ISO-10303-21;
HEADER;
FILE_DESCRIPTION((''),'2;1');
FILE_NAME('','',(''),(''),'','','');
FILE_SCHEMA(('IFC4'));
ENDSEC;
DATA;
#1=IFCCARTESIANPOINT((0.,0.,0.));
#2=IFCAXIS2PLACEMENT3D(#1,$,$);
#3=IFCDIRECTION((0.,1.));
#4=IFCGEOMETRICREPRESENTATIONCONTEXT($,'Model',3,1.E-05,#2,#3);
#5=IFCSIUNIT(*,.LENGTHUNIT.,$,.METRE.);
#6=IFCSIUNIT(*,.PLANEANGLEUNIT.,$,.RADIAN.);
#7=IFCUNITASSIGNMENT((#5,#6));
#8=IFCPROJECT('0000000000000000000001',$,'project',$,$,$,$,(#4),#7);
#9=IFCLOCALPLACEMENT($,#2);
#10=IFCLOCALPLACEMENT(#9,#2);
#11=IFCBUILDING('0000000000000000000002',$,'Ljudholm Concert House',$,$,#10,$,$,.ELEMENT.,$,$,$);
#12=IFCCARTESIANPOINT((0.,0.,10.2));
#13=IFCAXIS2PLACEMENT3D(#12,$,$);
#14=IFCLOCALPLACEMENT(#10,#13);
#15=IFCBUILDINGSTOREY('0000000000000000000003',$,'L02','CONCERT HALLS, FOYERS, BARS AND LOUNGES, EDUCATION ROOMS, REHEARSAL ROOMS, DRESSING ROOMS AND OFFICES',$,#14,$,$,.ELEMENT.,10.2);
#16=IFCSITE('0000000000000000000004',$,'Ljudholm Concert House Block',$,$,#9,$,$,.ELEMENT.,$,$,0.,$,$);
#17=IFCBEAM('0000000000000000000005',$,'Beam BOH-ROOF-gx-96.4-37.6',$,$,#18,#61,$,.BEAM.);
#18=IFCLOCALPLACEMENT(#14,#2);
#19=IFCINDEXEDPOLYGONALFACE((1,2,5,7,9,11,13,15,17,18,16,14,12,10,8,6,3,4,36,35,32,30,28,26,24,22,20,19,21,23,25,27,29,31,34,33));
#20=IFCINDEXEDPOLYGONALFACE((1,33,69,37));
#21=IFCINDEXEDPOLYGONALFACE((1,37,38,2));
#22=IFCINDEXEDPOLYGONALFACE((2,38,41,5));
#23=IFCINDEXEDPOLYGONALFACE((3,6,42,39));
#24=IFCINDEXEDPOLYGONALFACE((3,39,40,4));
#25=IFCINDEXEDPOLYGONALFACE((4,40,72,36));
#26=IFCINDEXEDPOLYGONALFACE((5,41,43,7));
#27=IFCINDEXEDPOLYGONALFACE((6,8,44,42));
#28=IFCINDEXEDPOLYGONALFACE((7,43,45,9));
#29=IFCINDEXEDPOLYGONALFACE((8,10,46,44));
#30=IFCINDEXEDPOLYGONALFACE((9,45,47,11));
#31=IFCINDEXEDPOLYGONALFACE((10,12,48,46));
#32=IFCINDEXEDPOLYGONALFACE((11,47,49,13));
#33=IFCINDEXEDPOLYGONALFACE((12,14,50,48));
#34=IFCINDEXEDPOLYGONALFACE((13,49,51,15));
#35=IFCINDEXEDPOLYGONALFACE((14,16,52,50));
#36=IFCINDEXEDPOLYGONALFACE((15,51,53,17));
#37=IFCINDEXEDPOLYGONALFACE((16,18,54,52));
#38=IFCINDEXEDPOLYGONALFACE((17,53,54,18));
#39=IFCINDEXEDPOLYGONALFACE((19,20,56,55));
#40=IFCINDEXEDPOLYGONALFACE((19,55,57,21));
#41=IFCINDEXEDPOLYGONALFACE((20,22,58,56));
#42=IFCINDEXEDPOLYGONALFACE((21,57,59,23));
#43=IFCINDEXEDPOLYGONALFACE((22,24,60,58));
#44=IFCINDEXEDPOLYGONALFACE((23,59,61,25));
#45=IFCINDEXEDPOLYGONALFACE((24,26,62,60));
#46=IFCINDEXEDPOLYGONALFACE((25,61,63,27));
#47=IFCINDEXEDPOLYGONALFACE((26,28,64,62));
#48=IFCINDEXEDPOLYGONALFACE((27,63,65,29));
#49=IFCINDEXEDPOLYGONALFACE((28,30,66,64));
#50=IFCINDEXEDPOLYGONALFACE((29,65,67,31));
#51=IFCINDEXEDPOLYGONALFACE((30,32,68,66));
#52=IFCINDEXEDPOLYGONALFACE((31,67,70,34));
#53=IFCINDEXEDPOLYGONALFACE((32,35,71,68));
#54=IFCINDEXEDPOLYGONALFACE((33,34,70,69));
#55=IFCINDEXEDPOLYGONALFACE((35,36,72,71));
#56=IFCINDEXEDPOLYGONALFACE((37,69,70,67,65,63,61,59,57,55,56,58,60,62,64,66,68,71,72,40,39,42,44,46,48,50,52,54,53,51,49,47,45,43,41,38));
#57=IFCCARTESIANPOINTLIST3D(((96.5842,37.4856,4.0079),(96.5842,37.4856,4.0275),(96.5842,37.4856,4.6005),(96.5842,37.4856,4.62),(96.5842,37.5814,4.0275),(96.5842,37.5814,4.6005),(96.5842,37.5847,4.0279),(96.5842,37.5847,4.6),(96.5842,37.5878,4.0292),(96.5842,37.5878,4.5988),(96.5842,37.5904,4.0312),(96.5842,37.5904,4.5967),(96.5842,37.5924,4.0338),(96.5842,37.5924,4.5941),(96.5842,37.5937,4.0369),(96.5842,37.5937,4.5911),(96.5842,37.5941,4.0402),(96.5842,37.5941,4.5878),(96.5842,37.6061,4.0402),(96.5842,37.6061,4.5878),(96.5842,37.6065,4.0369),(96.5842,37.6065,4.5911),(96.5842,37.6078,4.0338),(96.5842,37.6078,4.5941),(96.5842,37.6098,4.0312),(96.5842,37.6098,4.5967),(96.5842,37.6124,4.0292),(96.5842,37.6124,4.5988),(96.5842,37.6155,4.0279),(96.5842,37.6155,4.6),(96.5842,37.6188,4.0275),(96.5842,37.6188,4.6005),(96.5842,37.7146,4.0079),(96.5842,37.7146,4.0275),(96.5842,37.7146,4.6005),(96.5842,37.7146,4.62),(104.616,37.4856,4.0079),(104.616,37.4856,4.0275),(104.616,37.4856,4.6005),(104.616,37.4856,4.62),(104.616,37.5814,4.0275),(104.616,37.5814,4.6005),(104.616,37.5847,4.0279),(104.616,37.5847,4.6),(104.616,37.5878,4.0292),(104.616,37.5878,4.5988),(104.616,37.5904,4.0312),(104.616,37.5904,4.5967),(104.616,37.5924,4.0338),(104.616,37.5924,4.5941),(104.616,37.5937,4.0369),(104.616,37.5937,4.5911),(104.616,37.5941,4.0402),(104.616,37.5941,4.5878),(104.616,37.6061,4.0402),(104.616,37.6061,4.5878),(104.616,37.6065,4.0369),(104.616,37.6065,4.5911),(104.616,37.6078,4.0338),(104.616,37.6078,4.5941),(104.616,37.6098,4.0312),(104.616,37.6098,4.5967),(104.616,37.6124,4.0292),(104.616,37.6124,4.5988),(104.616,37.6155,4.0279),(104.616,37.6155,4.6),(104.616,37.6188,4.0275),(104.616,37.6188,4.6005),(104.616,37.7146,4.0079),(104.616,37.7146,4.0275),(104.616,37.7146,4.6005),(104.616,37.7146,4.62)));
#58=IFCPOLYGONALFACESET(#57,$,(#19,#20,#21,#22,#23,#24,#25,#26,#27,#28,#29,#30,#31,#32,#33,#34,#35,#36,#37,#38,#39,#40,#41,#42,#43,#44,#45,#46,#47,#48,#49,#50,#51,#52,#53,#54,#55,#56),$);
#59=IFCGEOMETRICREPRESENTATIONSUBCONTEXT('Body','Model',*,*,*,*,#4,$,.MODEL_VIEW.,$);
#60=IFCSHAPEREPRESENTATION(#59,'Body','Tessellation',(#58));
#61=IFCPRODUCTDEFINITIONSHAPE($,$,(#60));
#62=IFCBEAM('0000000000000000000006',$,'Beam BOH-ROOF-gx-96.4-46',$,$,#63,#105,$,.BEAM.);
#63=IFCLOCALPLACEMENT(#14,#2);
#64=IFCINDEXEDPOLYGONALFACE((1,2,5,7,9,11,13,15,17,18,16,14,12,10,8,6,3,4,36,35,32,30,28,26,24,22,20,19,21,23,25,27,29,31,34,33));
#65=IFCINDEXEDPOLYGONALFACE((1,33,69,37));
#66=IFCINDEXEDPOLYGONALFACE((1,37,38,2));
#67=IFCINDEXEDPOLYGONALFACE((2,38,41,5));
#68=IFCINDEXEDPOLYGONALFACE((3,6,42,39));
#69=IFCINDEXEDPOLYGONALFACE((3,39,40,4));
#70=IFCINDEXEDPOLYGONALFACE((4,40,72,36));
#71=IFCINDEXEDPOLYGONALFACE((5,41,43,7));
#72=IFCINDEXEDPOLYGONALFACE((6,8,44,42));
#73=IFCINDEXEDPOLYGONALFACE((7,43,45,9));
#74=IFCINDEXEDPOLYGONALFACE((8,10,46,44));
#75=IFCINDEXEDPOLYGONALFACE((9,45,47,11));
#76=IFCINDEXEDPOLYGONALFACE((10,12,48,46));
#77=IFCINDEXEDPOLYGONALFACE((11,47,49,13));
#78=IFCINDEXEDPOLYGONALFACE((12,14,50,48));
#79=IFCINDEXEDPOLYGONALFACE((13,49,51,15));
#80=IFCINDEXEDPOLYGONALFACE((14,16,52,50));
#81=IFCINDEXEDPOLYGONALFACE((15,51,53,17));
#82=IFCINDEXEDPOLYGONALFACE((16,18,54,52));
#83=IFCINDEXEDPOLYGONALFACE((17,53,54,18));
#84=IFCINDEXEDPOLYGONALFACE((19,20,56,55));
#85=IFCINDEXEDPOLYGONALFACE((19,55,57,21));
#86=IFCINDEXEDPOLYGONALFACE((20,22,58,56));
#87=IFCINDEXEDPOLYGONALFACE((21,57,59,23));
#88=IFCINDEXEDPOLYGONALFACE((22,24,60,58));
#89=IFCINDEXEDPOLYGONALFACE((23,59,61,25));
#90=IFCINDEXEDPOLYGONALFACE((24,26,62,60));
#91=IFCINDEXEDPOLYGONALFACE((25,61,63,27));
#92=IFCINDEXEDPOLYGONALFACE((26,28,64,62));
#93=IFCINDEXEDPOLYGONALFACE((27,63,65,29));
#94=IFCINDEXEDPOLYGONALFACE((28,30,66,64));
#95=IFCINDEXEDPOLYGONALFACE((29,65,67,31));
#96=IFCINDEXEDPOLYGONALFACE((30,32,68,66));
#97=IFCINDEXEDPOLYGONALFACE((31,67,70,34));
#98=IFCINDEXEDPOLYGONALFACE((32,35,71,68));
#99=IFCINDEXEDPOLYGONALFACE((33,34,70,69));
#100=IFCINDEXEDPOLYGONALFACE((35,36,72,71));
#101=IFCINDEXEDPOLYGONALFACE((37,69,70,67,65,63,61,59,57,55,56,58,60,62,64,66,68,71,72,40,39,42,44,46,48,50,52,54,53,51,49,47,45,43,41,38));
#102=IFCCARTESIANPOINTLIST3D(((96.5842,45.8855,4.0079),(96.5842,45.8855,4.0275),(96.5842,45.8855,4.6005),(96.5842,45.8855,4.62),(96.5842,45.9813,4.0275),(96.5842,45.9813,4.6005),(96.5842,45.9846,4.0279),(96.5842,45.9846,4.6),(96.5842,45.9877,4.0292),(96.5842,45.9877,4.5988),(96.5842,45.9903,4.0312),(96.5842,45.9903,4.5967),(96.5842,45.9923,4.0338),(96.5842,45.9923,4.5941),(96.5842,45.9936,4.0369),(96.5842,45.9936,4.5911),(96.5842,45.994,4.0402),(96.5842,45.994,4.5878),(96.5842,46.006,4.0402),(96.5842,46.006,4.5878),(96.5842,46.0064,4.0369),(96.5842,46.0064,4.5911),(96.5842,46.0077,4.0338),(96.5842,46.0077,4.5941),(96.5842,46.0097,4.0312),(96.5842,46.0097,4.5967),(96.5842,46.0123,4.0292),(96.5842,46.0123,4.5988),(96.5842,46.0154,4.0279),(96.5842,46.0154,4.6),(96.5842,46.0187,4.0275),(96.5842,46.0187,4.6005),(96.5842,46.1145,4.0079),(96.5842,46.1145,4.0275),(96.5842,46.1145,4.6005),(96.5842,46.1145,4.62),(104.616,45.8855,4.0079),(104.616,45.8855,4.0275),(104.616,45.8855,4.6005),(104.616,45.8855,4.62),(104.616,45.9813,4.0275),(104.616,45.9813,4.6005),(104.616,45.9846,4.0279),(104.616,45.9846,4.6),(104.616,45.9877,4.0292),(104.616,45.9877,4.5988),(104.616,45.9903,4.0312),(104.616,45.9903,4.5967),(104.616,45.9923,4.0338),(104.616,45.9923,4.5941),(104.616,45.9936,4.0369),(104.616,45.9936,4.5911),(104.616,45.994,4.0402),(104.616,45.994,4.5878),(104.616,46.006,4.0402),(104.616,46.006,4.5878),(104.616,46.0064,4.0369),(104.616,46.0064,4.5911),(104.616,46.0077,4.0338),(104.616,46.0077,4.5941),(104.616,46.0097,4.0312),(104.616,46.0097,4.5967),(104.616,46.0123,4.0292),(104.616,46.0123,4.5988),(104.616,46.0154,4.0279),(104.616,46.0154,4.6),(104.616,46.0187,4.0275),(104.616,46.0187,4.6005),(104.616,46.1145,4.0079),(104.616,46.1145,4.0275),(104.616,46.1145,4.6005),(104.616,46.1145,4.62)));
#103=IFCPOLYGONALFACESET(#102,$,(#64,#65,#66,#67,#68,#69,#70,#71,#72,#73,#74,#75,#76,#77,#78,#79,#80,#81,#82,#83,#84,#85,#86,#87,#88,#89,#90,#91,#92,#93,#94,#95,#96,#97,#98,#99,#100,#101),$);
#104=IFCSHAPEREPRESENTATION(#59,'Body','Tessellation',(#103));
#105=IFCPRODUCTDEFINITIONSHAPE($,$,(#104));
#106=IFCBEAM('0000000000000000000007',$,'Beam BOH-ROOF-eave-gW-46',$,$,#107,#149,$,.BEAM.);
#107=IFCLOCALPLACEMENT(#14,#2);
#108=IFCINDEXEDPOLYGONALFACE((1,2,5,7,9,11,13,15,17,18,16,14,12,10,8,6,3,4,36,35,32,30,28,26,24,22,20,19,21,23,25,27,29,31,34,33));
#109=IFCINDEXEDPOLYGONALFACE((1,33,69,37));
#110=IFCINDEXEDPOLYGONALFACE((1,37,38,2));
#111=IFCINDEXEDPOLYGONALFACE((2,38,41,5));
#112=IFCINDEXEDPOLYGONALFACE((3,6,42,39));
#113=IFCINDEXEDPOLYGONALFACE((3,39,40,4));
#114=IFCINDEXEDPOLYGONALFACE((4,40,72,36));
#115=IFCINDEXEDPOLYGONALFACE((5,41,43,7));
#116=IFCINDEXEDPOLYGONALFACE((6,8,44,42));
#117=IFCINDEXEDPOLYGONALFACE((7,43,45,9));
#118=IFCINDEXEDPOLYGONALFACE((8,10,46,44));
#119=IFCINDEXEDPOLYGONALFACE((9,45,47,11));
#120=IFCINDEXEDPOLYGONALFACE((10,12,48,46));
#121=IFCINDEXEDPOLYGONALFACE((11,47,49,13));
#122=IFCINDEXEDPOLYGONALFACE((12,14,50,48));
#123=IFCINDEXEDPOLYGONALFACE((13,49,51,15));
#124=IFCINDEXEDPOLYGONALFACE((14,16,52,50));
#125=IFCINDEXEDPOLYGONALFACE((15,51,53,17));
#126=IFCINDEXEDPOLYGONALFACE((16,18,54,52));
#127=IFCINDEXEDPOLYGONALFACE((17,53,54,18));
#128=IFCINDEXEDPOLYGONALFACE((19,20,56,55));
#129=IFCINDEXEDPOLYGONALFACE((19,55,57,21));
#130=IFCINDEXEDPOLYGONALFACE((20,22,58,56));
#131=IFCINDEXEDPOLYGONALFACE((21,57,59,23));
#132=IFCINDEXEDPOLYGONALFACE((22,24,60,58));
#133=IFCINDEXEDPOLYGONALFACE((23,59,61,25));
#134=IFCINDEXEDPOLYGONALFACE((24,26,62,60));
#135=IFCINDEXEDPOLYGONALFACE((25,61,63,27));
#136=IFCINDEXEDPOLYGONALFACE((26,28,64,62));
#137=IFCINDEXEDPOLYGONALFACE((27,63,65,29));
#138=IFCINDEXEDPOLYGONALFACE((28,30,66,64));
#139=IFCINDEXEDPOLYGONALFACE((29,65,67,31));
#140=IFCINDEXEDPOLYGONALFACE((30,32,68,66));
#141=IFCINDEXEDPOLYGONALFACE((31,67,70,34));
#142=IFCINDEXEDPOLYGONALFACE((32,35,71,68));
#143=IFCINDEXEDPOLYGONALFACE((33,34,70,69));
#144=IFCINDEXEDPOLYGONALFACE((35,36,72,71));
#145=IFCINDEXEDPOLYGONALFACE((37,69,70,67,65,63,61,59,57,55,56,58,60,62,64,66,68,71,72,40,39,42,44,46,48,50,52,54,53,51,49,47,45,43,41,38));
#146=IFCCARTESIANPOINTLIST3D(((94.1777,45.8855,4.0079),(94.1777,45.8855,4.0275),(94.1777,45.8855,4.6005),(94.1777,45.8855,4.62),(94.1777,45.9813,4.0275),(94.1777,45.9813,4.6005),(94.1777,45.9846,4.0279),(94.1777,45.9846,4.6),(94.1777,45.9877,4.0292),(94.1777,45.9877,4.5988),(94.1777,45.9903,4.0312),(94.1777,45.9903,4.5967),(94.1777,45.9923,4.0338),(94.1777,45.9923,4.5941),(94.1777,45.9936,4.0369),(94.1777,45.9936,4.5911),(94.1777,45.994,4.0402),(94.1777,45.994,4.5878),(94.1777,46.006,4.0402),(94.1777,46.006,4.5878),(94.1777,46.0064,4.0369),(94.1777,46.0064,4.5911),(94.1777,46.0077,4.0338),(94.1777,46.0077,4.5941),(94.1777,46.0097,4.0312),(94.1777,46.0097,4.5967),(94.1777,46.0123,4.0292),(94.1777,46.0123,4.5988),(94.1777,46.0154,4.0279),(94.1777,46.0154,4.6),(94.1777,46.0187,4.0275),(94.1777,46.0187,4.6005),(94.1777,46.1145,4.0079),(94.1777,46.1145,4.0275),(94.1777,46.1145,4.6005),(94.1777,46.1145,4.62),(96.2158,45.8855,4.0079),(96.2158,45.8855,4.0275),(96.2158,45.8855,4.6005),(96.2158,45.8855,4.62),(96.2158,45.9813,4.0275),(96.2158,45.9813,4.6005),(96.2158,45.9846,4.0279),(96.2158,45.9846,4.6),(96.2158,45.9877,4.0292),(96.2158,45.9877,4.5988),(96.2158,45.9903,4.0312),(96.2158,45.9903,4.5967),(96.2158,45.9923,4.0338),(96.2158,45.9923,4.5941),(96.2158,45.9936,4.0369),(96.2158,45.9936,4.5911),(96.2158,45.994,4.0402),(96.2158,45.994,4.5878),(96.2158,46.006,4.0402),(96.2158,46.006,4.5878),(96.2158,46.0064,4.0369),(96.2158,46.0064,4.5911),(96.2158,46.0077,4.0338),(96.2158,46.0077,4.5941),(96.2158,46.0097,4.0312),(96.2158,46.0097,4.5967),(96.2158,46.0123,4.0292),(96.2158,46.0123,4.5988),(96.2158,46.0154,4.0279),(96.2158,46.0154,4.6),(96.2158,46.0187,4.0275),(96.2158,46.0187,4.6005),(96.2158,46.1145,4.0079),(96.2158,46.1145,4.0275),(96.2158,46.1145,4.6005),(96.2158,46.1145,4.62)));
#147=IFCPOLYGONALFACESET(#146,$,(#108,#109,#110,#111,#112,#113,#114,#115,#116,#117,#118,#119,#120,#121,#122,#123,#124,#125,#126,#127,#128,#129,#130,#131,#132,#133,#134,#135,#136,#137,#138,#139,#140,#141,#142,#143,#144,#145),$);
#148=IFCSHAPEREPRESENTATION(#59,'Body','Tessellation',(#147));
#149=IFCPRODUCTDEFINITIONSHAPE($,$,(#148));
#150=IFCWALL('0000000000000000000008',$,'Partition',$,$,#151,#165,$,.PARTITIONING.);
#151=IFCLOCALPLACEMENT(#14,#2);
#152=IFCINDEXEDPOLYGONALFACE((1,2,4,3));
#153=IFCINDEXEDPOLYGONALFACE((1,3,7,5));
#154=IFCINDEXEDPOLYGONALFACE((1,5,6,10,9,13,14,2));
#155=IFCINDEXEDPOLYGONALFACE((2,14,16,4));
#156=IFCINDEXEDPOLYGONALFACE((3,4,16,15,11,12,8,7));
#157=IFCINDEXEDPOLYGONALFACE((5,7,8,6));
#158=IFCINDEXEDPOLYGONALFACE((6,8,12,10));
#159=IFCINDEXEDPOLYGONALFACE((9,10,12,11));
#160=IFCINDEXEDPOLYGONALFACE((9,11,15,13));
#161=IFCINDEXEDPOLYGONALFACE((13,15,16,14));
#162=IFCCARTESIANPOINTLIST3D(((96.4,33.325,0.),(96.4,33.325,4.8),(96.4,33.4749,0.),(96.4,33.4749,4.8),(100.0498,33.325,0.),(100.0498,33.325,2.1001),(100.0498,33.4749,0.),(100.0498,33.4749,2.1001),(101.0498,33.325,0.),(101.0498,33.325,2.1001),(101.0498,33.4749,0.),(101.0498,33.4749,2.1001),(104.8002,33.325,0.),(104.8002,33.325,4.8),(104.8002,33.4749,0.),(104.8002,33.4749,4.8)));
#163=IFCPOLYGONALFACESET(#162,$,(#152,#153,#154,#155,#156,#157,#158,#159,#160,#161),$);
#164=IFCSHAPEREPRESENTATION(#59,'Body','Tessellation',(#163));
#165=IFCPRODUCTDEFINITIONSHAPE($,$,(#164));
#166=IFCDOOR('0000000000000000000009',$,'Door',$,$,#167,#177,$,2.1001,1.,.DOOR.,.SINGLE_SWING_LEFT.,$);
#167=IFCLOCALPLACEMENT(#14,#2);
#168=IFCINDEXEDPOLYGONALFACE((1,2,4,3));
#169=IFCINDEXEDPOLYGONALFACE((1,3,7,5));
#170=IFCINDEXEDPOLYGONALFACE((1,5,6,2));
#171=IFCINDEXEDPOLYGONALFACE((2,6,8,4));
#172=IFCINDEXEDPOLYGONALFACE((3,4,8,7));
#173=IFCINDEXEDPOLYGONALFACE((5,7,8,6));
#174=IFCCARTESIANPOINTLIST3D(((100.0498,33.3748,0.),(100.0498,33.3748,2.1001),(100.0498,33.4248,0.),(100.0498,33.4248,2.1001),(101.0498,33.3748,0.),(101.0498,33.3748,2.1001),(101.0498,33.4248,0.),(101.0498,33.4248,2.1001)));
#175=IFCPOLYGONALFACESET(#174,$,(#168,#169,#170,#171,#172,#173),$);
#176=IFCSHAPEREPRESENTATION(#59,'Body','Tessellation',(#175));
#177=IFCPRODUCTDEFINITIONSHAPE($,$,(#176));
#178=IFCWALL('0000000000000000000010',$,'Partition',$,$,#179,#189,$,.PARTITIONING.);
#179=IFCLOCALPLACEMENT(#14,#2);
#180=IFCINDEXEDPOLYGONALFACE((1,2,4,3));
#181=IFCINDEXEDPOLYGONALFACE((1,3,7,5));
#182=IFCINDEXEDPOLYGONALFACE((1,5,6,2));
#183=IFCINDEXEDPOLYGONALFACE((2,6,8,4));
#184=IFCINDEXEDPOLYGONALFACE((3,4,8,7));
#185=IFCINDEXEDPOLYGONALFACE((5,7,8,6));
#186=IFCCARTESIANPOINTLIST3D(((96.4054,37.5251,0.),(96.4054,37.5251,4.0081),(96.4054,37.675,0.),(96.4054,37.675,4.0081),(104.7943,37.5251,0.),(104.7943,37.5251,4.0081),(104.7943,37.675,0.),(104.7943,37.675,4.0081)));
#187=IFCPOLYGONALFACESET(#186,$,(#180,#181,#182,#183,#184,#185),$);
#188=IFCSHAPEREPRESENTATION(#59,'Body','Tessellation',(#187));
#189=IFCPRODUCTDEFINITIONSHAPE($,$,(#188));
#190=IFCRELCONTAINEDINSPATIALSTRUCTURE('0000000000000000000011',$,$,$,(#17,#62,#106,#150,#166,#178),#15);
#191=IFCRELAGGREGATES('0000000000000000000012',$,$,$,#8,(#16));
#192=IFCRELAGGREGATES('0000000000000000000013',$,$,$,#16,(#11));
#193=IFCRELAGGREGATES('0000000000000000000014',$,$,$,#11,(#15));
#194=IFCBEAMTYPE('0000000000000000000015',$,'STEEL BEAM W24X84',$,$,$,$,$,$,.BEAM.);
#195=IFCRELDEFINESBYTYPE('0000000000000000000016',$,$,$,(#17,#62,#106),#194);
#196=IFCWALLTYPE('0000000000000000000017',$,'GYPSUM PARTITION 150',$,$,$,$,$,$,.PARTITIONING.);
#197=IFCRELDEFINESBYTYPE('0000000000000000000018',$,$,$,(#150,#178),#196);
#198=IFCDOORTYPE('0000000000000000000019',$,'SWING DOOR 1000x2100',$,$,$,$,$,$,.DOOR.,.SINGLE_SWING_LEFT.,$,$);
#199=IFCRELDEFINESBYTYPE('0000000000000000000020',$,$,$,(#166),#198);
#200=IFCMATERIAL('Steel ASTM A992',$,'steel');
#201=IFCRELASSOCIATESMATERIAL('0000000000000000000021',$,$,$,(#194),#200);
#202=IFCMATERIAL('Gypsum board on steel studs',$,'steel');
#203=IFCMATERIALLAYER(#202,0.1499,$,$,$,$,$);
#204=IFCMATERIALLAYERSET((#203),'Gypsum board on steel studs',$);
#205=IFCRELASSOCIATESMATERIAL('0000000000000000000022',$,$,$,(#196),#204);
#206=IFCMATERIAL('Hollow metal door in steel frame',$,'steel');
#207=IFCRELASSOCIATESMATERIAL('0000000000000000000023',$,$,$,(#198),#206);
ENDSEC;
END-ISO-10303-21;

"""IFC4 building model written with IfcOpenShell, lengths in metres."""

from ifc_helpers import new_model, si_unit, direction, frame, frame_2d, origin, origin_2d, place, context, subcontext, project, spatial, rectangle, i_section, extrude, material, layer, layer_set, material_profile, profile_set, type_object, element, fill, save


model = new_model("IFC4")

# Units and contexts
model_context = context("Model", 3, precision=1e-05, world=origin(), true_north=direction((0.0, 1.0)))
body_context = subcontext(model_context, "Body", "Model", "MODEL_VIEW")
ifc_project = project(units=[si_unit("LENGTHUNIT", "METRE"), si_unit("PLANEANGLEUNIT", "RADIAN")], contexts=[model_context])

# Site, building, storey
site_placement = place(None, origin())
site = spatial("IfcSite", under=ifc_project, at=site_placement, Name="Ljudholm Concert House Block", CompositionType="ELEMENT", RefElevation=0.0)
building_placement = place(site_placement, origin())
building = spatial("IfcBuilding", under=site, at=building_placement, Name="Ljudholm Concert House", CompositionType="ELEMENT")
storey_placement = place(building_placement, frame((0.0, 0.0, 10.2)))
storey = spatial("IfcBuildingStorey", under=building, at=storey_placement, Name="L02", Description="CONCERT HALLS, FOYERS, BARS AND LOUNGES, EDUCATION ROOMS, REHEARSAL ROOMS, DRESSING ROOMS AND OFFICES", CompositionType="ELEMENT", Elevation=10.2)

# Beams
ifc_material_1 = material(Name="Steel ASTM A992", Category="steel")
ifc_material_profile_1 = material_profile(ifc_material_1, i_section(OverallWidth=0.229, OverallDepth=0.6121, WebThickness=0.012, FlangeThickness=0.0195, FilletRadius=0.0127, at=origin_2d()), Name="W24X84")
ifc_profile_set_1 = profile_set([ifc_material_profile_1], Name="Steel ASTM A992")
beam_type_1 = type_object("IfcBeamType", Name="STEEL BEAM W24X84", PredefinedType="BEAM", material=ifc_profile_set_1)
for number, where, z_axis, x_axis, name in (
    (1, (96.5842, 37.6001, 4.314), (1.0, 0.0, 0.0), (0.0, 1.0, 0.0), "Beam BOH-ROOF-gx-96.4-37.6"),
    (2, (96.5842, 46.0, 4.314), (1.0, 0.0, 0.0), (0.0, 1.0, 0.0), "Beam BOH-ROOF-gx-96.4-46"),
):
    element("IfcBeam", number, at=place(storey_placement, frame(where, z_axis=z_axis, x_axis=x_axis)), inside=storey, type_object=beam_type_1, Name=name, PredefinedType="BEAM", context=body_context, shape_type="SweptSolid", body=[
        extrude(i_section(OverallWidth=0.229, OverallDepth=0.6121, WebThickness=0.012, FlangeThickness=0.0195, FilletRadius=0.0127, at=origin_2d()), origin(), (0.0, 0.0, 1.0), 8.0317),
    ])
beam_1_placement = place(storey_placement, frame((96.2158, 46.0, 4.314), z_axis=(-1.0, 0.0, 0.0), x_axis=(0.0, -1.0, 0.0)))
element("IfcBeam", 3, at=beam_1_placement, inside=storey, type_object=beam_type_1, Name="Beam BOH-ROOF-eave-gW-46", PredefinedType="BEAM", context=body_context, shape_type="SweptSolid", body=[
    extrude(i_section(OverallWidth=0.229, OverallDepth=0.6121, WebThickness=0.012, FlangeThickness=0.0195, FilletRadius=0.0127, at=origin_2d()), origin(), (0.0, 0.0, 1.0), 2.0381),
])

# Wall, opening, door
ifc_material_2 = material(Name="Gypsum board on steel studs", Category="steel")
ifc_layer_1 = layer(ifc_material_2, 0.1499)
ifc_layer_set_1 = layer_set([ifc_layer_1], Name="Gypsum board on steel studs")
wall_type_1 = type_object("IfcWallType", Name="GYPSUM PARTITION 150", PredefinedType="PARTITIONING", material=ifc_layer_set_1)
wall_1_placement = place(storey_placement, frame((96.3999, 33.3999, 0.0), z_axis=(0.0, 0.0, 1.0), x_axis=(1.0, 0.0, 0.0)))
wall_1 = element("IfcWall", 4, at=wall_1_placement, inside=storey, type_object=wall_type_1, Name="Partition", PredefinedType="PARTITIONING", context=body_context, shape_type="SweptSolid", body=[
    extrude(rectangle(XDim=8.4001, YDim=0.1499, at=frame_2d((4.2002, 0.0))), origin(), (0.0, 0.0, 1.0), 4.8),
])
opening_1_placement = place(wall_1_placement, frame((3.6499, 0.0, 0.0)))
opening_1 = element("IfcOpeningElement", 5, at=opening_1_placement, cuts=wall_1, PredefinedType="OPENING", context=body_context, shape_type="SweptSolid", body=[
    extrude(rectangle(XDim=1.0, YDim=2.1001, at=frame_2d((0.5, 1.05))), frame((0.0, 0.085, 0.0), z_axis=(0.0, -1.0, 0.0), x_axis=(1.0, 0.0, 0.0)), (0.0, 0.0, 1.0), 0.1699),
])
ifc_material_3 = material(Name="Hollow metal door in steel frame", Category="steel")
door_type = type_object("IfcDoorType", Name="SWING DOOR 1000x2100", OperationType="SINGLE_SWING_LEFT", PredefinedType="DOOR", material=ifc_material_3)
door_1_placement = place(opening_1_placement, origin())
door_1 = element("IfcDoor", 6, at=door_1_placement, inside=storey, type_object=door_type, Name="Door", OperationType="SINGLE_SWING_LEFT", OverallHeight=2.1001, OverallWidth=1.0, PredefinedType="DOOR", context=body_context, shape_type="SweptSolid", body=[
    extrude(rectangle(XDim=1.0, YDim=2.1001, at=frame_2d((0.5, 1.05))), frame((0.0, 0.0249, 0.0), z_axis=(0.0, -1.0, 0.0), x_axis=(1.0, 0.0, 0.0)), (0.0, 0.0, 1.0), 0.05),
])
fill(opening_1, door_1)

# Wall
wall_2_placement = place(storey_placement, frame((96.4055, 37.6001, 0.0), z_axis=(0.0, 0.0, 1.0), x_axis=(1.0, 0.0, 0.0)))
element("IfcWall", 7, at=wall_2_placement, inside=storey, type_object=wall_type_1, Name="Partition", PredefinedType="PARTITIONING", context=body_context, shape_type="SweptSolid", body=[
    extrude(rectangle(XDim=8.3889, YDim=0.1499, at=frame_2d((4.1943, 0.0))), origin(), (0.0, 0.0, 1.0), 4.0081),
])

save(model, "model.ifc")
